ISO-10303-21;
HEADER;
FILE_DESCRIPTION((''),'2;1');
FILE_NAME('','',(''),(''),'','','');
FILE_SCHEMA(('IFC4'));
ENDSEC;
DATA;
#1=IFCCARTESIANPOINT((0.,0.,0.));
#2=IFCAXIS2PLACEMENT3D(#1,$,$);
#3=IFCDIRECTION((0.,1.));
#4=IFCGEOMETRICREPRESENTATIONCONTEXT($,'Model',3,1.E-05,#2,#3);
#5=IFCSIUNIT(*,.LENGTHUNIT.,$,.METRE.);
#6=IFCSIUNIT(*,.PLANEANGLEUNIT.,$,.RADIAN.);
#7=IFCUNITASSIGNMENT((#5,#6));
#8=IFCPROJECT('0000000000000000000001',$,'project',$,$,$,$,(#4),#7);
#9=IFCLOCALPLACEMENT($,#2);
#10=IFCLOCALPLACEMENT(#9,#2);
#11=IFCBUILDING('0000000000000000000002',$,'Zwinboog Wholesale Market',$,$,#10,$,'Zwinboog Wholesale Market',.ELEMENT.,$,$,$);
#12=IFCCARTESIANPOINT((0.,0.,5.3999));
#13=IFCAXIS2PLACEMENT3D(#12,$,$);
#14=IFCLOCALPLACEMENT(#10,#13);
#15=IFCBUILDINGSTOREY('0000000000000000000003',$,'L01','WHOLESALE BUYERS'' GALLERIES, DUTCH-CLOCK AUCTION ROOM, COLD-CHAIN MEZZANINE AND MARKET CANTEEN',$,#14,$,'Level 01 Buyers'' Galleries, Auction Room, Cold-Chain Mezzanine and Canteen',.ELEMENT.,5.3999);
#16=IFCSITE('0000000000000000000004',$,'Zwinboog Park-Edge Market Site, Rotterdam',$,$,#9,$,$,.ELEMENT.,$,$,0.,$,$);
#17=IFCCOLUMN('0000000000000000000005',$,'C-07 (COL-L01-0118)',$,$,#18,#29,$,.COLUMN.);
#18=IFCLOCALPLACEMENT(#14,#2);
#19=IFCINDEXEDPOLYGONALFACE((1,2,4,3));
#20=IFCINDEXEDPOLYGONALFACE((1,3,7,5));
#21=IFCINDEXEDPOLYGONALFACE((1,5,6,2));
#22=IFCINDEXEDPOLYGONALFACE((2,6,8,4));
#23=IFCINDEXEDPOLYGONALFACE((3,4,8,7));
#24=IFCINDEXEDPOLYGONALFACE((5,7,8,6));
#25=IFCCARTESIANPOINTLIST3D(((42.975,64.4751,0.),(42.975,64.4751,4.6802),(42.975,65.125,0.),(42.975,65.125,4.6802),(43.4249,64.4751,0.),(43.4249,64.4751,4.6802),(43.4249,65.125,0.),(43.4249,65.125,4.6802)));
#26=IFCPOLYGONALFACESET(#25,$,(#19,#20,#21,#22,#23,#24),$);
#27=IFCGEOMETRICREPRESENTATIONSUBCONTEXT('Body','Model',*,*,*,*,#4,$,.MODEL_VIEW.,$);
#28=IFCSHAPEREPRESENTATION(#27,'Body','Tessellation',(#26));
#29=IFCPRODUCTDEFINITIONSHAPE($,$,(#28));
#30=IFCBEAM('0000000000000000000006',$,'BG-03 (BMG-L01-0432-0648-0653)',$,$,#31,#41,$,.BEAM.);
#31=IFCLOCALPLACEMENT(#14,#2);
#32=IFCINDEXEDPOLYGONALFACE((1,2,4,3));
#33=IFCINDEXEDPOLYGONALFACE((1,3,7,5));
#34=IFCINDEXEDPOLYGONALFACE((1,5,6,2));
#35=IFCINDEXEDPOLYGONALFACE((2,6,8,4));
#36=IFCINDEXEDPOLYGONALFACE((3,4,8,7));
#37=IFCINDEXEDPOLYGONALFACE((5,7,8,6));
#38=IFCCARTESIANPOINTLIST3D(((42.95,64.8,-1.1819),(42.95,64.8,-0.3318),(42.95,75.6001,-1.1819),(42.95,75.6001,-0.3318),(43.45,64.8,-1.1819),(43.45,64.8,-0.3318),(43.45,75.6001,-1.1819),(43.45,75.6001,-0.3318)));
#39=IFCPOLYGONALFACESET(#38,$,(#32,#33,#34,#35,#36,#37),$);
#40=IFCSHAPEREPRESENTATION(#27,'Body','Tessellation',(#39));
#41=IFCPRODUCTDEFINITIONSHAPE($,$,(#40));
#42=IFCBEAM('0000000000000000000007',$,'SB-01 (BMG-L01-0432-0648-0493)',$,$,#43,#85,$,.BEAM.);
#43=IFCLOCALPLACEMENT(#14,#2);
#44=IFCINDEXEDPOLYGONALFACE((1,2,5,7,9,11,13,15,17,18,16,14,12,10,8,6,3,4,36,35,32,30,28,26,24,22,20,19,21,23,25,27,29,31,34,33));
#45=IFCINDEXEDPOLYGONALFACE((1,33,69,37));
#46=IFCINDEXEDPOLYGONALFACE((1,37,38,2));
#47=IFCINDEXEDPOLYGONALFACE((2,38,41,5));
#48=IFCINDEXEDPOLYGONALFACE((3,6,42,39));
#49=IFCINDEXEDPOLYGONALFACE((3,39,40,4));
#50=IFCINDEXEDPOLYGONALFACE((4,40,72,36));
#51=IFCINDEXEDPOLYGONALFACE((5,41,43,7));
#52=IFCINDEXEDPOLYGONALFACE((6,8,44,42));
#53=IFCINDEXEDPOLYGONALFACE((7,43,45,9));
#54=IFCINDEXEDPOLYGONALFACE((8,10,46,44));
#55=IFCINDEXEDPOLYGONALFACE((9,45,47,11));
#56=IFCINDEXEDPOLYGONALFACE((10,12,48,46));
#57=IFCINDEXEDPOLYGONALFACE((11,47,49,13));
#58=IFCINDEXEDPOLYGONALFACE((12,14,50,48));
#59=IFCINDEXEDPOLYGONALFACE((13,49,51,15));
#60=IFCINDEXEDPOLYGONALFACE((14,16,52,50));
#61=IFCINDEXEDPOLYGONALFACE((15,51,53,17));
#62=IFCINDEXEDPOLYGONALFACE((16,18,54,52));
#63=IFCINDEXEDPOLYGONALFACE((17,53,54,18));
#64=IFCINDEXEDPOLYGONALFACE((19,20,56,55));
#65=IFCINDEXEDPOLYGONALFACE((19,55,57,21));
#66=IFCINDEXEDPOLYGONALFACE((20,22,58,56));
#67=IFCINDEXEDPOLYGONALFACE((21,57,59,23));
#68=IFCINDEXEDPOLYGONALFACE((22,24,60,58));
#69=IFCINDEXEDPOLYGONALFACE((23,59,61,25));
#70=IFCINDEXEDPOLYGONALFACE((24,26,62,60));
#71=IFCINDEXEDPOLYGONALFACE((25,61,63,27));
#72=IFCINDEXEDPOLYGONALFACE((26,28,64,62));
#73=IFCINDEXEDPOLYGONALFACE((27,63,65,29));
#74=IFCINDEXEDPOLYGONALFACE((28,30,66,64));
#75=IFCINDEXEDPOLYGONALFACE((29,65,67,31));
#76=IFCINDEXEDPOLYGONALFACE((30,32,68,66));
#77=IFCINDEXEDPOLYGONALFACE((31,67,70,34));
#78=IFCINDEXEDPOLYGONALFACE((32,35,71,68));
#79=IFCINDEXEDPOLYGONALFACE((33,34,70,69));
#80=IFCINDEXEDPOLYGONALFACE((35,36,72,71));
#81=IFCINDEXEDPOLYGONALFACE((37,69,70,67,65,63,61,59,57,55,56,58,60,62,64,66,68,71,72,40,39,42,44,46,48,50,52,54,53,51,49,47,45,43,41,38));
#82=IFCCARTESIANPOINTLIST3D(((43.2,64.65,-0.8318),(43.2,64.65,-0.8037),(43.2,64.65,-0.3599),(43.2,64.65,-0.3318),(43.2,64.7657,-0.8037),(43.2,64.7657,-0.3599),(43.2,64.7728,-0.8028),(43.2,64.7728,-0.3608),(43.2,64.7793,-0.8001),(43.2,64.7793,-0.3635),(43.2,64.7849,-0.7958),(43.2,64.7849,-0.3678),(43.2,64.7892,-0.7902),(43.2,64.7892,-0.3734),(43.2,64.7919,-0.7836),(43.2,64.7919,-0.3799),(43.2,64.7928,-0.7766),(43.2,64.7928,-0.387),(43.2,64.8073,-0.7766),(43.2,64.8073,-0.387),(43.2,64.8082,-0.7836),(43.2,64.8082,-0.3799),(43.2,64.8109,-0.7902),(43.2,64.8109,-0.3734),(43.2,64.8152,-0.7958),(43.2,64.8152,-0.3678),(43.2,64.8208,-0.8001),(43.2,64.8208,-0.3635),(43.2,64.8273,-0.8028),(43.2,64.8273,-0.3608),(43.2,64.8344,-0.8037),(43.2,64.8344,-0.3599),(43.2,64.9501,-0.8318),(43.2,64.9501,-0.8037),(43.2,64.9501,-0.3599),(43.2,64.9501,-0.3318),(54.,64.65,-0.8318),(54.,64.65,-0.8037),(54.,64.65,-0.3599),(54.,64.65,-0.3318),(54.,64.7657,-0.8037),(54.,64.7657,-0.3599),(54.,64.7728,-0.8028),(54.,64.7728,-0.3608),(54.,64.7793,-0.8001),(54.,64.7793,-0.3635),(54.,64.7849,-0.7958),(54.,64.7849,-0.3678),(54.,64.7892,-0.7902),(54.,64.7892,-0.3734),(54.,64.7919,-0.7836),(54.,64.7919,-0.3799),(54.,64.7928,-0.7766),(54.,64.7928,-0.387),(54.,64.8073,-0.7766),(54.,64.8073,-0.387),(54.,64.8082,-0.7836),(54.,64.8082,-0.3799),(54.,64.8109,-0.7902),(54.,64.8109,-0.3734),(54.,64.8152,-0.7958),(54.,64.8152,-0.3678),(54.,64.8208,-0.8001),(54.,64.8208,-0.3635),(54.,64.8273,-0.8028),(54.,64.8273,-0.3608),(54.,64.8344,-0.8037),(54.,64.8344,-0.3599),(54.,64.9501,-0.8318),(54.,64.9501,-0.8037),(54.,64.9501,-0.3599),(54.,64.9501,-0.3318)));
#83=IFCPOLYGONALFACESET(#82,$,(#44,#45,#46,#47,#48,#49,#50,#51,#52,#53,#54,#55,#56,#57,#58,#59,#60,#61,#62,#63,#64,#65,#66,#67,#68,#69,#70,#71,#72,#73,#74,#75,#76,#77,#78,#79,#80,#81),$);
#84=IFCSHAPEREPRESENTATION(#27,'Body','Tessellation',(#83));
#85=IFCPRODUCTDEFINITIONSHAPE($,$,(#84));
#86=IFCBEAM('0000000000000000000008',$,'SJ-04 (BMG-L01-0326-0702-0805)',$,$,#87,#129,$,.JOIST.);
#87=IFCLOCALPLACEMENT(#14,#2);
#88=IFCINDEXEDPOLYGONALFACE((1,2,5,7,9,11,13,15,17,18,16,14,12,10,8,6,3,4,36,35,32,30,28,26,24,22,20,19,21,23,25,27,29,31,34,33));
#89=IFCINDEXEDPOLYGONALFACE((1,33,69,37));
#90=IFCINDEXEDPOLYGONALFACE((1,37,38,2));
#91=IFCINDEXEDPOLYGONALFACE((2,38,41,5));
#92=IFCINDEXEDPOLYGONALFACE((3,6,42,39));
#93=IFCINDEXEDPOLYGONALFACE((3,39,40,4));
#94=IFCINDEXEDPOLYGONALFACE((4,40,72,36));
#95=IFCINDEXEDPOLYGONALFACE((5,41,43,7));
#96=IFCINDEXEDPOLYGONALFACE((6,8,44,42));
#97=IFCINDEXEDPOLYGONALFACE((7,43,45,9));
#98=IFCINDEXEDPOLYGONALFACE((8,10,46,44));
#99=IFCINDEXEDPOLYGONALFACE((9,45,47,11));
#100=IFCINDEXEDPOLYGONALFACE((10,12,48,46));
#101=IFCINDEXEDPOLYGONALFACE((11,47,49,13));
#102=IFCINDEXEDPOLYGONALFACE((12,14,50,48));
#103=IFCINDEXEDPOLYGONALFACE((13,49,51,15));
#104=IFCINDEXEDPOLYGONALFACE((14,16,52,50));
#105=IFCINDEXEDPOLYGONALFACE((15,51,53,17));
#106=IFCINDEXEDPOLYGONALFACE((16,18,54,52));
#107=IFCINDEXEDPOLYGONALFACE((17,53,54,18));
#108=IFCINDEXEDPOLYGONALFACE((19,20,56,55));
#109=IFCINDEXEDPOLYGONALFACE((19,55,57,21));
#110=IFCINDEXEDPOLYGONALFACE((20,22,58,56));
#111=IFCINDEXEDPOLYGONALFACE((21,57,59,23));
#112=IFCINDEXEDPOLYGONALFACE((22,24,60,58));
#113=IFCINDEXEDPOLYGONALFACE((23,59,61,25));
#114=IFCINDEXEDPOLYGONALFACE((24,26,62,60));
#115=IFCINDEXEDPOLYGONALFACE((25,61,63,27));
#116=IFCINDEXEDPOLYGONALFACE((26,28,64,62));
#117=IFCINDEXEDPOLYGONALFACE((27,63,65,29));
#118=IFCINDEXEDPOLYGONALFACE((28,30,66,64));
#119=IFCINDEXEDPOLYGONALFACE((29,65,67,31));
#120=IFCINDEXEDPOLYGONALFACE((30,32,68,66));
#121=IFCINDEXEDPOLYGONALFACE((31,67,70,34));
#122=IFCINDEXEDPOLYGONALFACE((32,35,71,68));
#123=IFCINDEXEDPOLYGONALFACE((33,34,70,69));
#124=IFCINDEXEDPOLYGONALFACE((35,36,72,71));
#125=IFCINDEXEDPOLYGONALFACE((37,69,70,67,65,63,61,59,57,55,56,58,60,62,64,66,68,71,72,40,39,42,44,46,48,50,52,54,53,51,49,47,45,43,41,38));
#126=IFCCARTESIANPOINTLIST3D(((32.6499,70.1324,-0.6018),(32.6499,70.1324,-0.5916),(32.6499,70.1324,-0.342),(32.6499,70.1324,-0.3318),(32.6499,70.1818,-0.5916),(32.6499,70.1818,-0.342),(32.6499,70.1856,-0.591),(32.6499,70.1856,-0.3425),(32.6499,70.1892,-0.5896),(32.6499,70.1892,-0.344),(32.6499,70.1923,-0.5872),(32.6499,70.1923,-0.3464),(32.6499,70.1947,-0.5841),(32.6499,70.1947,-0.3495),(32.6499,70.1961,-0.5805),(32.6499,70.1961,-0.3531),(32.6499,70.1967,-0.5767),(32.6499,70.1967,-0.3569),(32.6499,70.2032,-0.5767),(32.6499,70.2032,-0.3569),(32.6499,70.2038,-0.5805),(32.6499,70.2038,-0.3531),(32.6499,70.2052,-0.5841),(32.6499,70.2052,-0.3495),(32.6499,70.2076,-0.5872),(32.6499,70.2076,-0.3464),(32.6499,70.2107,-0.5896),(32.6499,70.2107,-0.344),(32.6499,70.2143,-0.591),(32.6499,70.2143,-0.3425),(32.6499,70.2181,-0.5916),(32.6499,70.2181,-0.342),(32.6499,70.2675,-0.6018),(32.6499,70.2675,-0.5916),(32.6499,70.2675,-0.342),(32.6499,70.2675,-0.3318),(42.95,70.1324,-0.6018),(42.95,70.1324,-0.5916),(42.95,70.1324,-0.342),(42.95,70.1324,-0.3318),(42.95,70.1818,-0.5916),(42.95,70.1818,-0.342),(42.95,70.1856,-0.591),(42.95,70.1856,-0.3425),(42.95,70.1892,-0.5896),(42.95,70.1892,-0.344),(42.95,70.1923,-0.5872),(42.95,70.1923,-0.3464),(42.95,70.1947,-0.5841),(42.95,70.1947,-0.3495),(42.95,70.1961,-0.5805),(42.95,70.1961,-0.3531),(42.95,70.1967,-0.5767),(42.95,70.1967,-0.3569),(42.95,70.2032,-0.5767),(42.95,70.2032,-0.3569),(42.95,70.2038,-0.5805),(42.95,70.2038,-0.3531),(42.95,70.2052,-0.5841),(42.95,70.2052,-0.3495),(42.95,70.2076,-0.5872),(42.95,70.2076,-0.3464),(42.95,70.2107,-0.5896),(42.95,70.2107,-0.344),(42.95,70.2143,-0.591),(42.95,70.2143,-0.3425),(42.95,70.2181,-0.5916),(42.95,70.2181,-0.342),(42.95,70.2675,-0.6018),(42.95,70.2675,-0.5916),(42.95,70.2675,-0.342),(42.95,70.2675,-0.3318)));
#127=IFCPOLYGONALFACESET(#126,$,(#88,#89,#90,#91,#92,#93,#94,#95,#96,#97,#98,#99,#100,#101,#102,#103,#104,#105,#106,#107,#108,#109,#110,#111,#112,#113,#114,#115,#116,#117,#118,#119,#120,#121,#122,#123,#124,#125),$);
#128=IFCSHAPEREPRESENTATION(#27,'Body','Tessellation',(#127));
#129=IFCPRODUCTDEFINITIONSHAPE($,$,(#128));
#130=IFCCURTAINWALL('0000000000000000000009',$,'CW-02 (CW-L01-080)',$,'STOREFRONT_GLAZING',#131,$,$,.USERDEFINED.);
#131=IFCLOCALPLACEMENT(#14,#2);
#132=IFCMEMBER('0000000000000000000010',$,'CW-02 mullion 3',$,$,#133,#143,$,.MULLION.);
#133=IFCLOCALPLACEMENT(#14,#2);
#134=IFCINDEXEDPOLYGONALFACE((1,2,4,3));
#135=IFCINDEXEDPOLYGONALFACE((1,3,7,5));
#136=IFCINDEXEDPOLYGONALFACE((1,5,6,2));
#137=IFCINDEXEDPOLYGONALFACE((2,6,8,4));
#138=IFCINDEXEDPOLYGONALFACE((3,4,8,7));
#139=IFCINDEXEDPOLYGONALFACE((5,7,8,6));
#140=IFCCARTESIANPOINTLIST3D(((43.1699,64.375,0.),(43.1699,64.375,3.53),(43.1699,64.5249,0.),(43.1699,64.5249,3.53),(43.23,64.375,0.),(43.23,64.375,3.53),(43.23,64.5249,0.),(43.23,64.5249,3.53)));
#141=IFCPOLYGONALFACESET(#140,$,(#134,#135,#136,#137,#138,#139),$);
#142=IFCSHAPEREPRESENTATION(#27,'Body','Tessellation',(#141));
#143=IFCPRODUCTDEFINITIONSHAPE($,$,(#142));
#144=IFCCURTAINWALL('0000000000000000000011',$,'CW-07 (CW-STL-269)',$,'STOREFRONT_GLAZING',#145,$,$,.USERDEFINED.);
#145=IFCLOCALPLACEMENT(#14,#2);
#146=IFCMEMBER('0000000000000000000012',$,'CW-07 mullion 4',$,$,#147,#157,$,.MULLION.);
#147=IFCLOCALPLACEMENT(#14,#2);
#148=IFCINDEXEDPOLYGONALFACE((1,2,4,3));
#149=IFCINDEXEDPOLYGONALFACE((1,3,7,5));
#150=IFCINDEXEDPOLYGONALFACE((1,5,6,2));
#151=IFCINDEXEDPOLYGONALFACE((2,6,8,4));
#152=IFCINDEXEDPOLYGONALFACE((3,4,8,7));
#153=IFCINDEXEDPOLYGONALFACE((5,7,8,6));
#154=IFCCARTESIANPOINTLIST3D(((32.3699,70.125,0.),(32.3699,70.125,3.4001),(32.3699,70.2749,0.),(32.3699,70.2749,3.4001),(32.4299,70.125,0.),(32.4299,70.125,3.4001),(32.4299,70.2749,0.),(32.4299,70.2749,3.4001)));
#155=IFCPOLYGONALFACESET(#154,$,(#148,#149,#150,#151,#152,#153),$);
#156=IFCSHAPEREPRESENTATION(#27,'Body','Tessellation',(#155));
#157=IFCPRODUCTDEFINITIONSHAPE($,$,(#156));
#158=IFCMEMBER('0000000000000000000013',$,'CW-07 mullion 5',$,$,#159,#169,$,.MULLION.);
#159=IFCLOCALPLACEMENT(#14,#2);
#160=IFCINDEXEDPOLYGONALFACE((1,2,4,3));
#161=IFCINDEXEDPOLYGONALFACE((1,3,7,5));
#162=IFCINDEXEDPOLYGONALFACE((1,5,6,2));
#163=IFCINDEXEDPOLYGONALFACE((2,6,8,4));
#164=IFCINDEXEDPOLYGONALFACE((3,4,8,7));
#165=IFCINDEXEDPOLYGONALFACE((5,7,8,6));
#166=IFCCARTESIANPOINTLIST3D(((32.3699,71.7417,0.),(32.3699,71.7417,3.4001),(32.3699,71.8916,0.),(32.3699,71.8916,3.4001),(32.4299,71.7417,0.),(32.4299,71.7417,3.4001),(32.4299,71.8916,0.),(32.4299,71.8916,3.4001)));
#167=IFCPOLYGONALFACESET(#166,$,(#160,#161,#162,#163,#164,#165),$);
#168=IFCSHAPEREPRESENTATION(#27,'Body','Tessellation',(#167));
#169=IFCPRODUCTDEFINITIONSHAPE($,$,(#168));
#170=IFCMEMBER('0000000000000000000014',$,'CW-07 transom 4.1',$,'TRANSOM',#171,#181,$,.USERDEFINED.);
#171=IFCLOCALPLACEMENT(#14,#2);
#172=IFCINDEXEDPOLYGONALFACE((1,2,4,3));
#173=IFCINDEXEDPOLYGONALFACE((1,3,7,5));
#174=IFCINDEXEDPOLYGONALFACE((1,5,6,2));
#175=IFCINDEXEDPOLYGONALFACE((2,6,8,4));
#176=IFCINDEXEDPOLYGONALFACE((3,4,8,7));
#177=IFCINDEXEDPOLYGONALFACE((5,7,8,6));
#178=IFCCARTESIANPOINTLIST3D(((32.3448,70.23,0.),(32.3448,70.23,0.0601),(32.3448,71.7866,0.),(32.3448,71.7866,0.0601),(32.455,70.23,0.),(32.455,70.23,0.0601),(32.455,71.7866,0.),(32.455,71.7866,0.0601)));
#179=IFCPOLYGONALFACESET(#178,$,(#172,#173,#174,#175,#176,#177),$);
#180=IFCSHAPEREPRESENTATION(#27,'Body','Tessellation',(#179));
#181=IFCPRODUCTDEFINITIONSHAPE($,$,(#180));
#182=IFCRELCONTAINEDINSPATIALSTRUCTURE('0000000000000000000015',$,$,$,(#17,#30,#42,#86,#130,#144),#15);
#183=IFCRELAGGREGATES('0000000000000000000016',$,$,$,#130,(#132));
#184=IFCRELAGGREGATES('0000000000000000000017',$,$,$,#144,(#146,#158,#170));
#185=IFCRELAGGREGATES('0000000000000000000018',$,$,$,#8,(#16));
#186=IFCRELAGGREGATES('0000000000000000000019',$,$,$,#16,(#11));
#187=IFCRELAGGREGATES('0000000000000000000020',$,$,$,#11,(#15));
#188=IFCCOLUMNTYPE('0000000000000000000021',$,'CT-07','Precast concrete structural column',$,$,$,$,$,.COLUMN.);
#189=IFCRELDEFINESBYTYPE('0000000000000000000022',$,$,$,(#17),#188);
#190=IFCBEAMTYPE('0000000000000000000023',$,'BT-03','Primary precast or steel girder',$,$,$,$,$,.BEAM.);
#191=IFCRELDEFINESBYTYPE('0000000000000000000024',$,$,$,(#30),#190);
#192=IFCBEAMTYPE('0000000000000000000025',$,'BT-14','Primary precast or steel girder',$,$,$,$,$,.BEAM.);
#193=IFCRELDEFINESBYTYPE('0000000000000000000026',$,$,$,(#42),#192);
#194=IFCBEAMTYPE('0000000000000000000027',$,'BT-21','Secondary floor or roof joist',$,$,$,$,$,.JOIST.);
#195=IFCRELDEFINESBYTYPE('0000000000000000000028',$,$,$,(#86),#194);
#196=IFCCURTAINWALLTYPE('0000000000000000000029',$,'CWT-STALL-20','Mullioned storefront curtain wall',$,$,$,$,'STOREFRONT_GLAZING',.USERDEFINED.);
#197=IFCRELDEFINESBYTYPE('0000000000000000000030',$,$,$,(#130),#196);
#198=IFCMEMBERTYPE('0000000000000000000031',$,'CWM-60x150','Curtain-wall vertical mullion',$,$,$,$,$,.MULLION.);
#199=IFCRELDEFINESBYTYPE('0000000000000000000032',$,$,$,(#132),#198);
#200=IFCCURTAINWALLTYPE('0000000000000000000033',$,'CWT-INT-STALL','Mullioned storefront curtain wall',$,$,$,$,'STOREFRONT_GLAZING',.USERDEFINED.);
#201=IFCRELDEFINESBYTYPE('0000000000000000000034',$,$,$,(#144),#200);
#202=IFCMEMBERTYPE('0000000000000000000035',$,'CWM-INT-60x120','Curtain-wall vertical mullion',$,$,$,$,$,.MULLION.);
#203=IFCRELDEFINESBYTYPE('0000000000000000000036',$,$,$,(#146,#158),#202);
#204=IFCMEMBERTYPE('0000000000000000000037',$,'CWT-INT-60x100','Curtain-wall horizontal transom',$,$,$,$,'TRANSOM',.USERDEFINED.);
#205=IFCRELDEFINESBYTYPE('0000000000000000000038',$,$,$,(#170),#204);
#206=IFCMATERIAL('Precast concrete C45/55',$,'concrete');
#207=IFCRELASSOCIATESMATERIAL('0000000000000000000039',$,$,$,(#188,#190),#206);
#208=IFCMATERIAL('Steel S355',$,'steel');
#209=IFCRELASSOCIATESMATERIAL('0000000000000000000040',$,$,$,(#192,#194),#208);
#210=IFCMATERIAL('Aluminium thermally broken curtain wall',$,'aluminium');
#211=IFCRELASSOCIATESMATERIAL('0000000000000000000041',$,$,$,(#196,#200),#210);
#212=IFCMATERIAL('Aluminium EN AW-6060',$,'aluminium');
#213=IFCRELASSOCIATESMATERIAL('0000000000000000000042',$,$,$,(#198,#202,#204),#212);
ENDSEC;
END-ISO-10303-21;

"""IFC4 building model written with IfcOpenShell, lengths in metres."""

from ifc_helpers import new_model, si_unit, direction, frame, origin, origin_2d, place, context, subcontext, project, spatial, rectangle, i_section, extrude, material, material_profile, profile_set, type_object, element, aggregate, save


model = new_model("IFC4")

# Units and contexts
model_context = context("Model", 3, precision=1e-05, world=origin(), true_north=direction((0.0, 1.0)))
body_context = subcontext(model_context, "Body", "Model", "MODEL_VIEW")
ifc_project = project(units=[si_unit("LENGTHUNIT", "METRE"), si_unit("PLANEANGLEUNIT", "RADIAN")], contexts=[model_context])

# Site, building, storey
site_placement = place(None, origin())
site = spatial("IfcSite", under=ifc_project, at=site_placement, Name="Zwinboog Park-Edge Market Site, Rotterdam", CompositionType="ELEMENT", RefElevation=0.0)
building_placement = place(site_placement, origin())
building = spatial("IfcBuilding", under=site, at=building_placement, Name="Zwinboog Wholesale Market", LongName="Zwinboog Wholesale Market", CompositionType="ELEMENT")
storey_placement = place(building_placement, frame((0.0, 0.0, 5.3999)))
storey = spatial("IfcBuildingStorey", under=building, at=storey_placement, Name="L01", Description="WHOLESALE BUYERS' GALLERIES, DUTCH-CLOCK AUCTION ROOM, COLD-CHAIN MEZZANINE AND MARKET CANTEEN", LongName="Level 01 Buyers' Galleries, Auction Room, Cold-Chain Mezzanine and Canteen", CompositionType="ELEMENT", Elevation=5.3999)

# Column
ifc_material_1 = material(Name="Precast concrete C45/55", Category="concrete")
ifc_material_profile_1 = material_profile(ifc_material_1, rectangle(XDim=0.45, YDim=0.6499, at=origin_2d()), Name="PC 450x650")
ifc_profile_set_1 = profile_set([ifc_material_profile_1], Name="Precast concrete C45/55")
column_type = type_object("IfcColumnType", Name="CT-07", Description="Precast concrete structural column", PredefinedType="COLUMN", material=ifc_profile_set_1)
column_placement = place(storey_placement, frame((43.2, 64.8, 0.0), z_axis=(0.0, 0.0, 1.0), x_axis=(1.0, 0.0, 0.0)))
element("IfcColumn", 1, at=column_placement, inside=storey, type_object=column_type, Name="C-07 (COL-L01-0118)", PredefinedType="COLUMN", context=body_context, shape_type="SweptSolid", body=[
    extrude(rectangle(XDim=0.45, YDim=0.6499, at=origin_2d()), origin(), (0.0, 0.0, 1.0), 4.6802),
])

# Beams
ifc_material_profile_2 = material_profile(ifc_material_1, rectangle(XDim=0.5, YDim=0.8501, at=origin_2d()), Name="PC 500x850")
ifc_profile_set_2 = profile_set([ifc_material_profile_2], Name="Precast concrete C45/55")
beam_type_1 = type_object("IfcBeamType", Name="BT-03", Description="Primary precast or steel girder", PredefinedType="BEAM", material=ifc_profile_set_2)
beam_1_placement = place(storey_placement, frame((43.2, 64.8, -0.7568), z_axis=(0.0, 1.0, 0.0), x_axis=(-1.0, 0.0, 0.0)))
element("IfcBeam", 2, at=beam_1_placement, inside=storey, type_object=beam_type_1, Name="BG-03 (BMG-L01-0432-0648-0653)", PredefinedType="BEAM", context=body_context, shape_type="SweptSolid", body=[
    extrude(rectangle(XDim=0.5, YDim=0.8501, at=origin_2d()), origin(), (0.0, 0.0, 1.0), 10.8),
])
ifc_material_2 = material(Name="Steel S355", Category="steel")
ifc_material_profile_3 = material_profile(ifc_material_2, i_section(OverallWidth=0.3, OverallDepth=0.5, WebThickness=0.0144, FlangeThickness=0.0281, FilletRadius=0.0271, at=origin_2d()), Name="HEB 500")
ifc_profile_set_3 = profile_set([ifc_material_profile_3], Name="Steel S355")
beam_type_2 = type_object("IfcBeamType", Name="BT-14", Description="Primary precast or steel girder", PredefinedType="BEAM", material=ifc_profile_set_3)
beam_2_placement = place(storey_placement, frame((43.2, 64.8, -0.5818), z_axis=(1.0, 0.0, 0.0), x_axis=(0.0, 1.0, 0.0)))
element("IfcBeam", 3, at=beam_2_placement, inside=storey, type_object=beam_type_2, Name="SB-01 (BMG-L01-0432-0648-0493)", PredefinedType="BEAM", context=body_context, shape_type="SweptSolid", body=[
    extrude(i_section(OverallWidth=0.3, OverallDepth=0.5, WebThickness=0.0144, FlangeThickness=0.0281, FilletRadius=0.0271, at=origin_2d()), origin(), (0.0, 0.0, 1.0), 10.8),
])
ifc_material_profile_4 = material_profile(ifc_material_2, i_section(OverallWidth=0.135, OverallDepth=0.27, WebThickness=0.0066, FlangeThickness=0.0103, FilletRadius=0.0149, at=origin_2d()), Name="IPE 270")
ifc_profile_set_4 = profile_set([ifc_material_profile_4], Name="Steel S355")
beam_type_3 = type_object("IfcBeamType", Name="BT-21", Description="Secondary floor or roof joist", PredefinedType="JOIST", material=ifc_profile_set_4)
beam_3_placement = place(storey_placement, frame((32.6499, 70.2, -0.4668), z_axis=(1.0, 0.0, 0.0), x_axis=(0.0, 1.0, 0.0)))
element("IfcBeam", 4, at=beam_3_placement, inside=storey, type_object=beam_type_3, Name="SJ-04 (BMG-L01-0326-0702-0805)", PredefinedType="JOIST", context=body_context, shape_type="SweptSolid", body=[
    extrude(i_section(OverallWidth=0.135, OverallDepth=0.27, WebThickness=0.0066, FlangeThickness=0.0103, FilletRadius=0.0149, at=origin_2d()), origin(), (0.0, 0.0, 1.0), 10.3),
])

# Curtain wall, member
ifc_material_3 = material(Name="Aluminium thermally broken curtain wall", Category="aluminium")
curtain_wall_type_1 = type_object("IfcCurtainWallType", Name="CWT-STALL-20", Description="Mullioned storefront curtain wall", ElementType="STOREFRONT_GLAZING", PredefinedType="USERDEFINED", material=ifc_material_3)
curtain_wall_1_placement = place(storey_placement, origin())
curtain_wall_1 = element("IfcCurtainWall", 5, at=curtain_wall_1_placement, inside=storey, type_object=curtain_wall_type_1, Name="CW-02 (CW-L01-080)", ObjectType="STOREFRONT_GLAZING", PredefinedType="USERDEFINED")
ifc_material_4 = material(Name="Aluminium EN AW-6060", Category="aluminium")
ifc_material_profile_5 = material_profile(ifc_material_4, rectangle(XDim=0.0601, YDim=0.1499, at=origin_2d()), Name="AL 60x150")
ifc_profile_set_5 = profile_set([ifc_material_profile_5], Name="Aluminium EN AW-6060")
member_type_1 = type_object("IfcMemberType", Name="CWM-60x150", Description="Curtain-wall vertical mullion", PredefinedType="MULLION", material=ifc_profile_set_5)
member_1_placement = place(storey_placement, frame((43.2, 64.45, 0.0), z_axis=(0.0, 0.0, 1.0), x_axis=(-1.0, 0.0, 0.0)))
member_1 = element("IfcMember", 6, at=member_1_placement, type_object=member_type_1, Name="CW-02 mullion 3", PredefinedType="MULLION", context=body_context, shape_type="SweptSolid", body=[
    extrude(rectangle(XDim=0.0601, YDim=0.1499, at=origin_2d()), origin(), (0.0, 0.0, 1.0), 3.53),
])
aggregate(curtain_wall_1, [member_1])

# Curtain wall, members
curtain_wall_type_2 = type_object("IfcCurtainWallType", Name="CWT-INT-STALL", Description="Mullioned storefront curtain wall", ElementType="STOREFRONT_GLAZING", PredefinedType="USERDEFINED", material=ifc_material_3)
curtain_wall_2_placement = place(storey_placement, origin())
curtain_wall_2 = element("IfcCurtainWall", 7, at=curtain_wall_2_placement, inside=storey, type_object=curtain_wall_type_2, Name="CW-07 (CW-STL-269)", ObjectType="STOREFRONT_GLAZING", PredefinedType="USERDEFINED")
ifc_material_profile_6 = material_profile(ifc_material_4, rectangle(XDim=0.0601, YDim=0.1499, at=origin_2d()), Name="AL 60x150")
ifc_profile_set_6 = profile_set([ifc_material_profile_6], Name="Aluminium EN AW-6060")
member_type_2 = type_object("IfcMemberType", Name="CWM-INT-60x120", Description="Curtain-wall vertical mullion", PredefinedType="MULLION", material=ifc_profile_set_6)
member_2_placement = place(storey_placement, frame((32.3999, 70.2, 0.0), z_axis=(0.0, 0.0, 1.0), x_axis=(-1.0, 0.0, 0.0)))
member_2 = element("IfcMember", 8, at=member_2_placement, type_object=member_type_2, Name="CW-07 mullion 4", PredefinedType="MULLION", context=body_context, shape_type="SweptSolid", body=[
    extrude(rectangle(XDim=0.0601, YDim=0.1499, at=origin_2d()), origin(), (0.0, 0.0, 1.0), 3.4001),
])
member_3_placement = place(storey_placement, frame((32.3999, 71.8167, 0.0), z_axis=(0.0, 0.0, 1.0), x_axis=(-1.0, 0.0, 0.0)))
member_3 = element("IfcMember", 9, at=member_3_placement, type_object=member_type_2, Name="CW-07 mullion 5", PredefinedType="MULLION", context=body_context, shape_type="SweptSolid", body=[
    extrude(rectangle(XDim=0.0601, YDim=0.1499, at=origin_2d()), origin(), (0.0, 0.0, 1.0), 3.4001),
])
ifc_material_profile_7 = material_profile(ifc_material_4, rectangle(XDim=0.1101, YDim=0.0601, at=origin_2d()), Name="AL 60x110")
ifc_profile_set_7 = profile_set([ifc_material_profile_7], Name="Aluminium EN AW-6060")
member_type_3 = type_object("IfcMemberType", Name="CWT-INT-60x100", Description="Curtain-wall horizontal transom", ElementType="TRANSOM", PredefinedType="USERDEFINED", material=ifc_profile_set_7)
member_4_placement = place(storey_placement, frame((32.3999, 70.23, 0.03), z_axis=(0.0, 1.0, 0.0), x_axis=(-1.0, 0.0, 0.0)))
member_4 = element("IfcMember", 10, at=member_4_placement, type_object=member_type_3, Name="CW-07 transom 4.1", ObjectType="TRANSOM", PredefinedType="USERDEFINED", context=body_context, shape_type="SweptSolid", body=[
    extrude(rectangle(XDim=0.1101, YDim=0.0601, at=origin_2d()), origin(), (0.0, 0.0, 1.0), 1.5566),
])
aggregate(curtain_wall_2, [member_2, member_3, member_4])

save(model, "model.ifc")
